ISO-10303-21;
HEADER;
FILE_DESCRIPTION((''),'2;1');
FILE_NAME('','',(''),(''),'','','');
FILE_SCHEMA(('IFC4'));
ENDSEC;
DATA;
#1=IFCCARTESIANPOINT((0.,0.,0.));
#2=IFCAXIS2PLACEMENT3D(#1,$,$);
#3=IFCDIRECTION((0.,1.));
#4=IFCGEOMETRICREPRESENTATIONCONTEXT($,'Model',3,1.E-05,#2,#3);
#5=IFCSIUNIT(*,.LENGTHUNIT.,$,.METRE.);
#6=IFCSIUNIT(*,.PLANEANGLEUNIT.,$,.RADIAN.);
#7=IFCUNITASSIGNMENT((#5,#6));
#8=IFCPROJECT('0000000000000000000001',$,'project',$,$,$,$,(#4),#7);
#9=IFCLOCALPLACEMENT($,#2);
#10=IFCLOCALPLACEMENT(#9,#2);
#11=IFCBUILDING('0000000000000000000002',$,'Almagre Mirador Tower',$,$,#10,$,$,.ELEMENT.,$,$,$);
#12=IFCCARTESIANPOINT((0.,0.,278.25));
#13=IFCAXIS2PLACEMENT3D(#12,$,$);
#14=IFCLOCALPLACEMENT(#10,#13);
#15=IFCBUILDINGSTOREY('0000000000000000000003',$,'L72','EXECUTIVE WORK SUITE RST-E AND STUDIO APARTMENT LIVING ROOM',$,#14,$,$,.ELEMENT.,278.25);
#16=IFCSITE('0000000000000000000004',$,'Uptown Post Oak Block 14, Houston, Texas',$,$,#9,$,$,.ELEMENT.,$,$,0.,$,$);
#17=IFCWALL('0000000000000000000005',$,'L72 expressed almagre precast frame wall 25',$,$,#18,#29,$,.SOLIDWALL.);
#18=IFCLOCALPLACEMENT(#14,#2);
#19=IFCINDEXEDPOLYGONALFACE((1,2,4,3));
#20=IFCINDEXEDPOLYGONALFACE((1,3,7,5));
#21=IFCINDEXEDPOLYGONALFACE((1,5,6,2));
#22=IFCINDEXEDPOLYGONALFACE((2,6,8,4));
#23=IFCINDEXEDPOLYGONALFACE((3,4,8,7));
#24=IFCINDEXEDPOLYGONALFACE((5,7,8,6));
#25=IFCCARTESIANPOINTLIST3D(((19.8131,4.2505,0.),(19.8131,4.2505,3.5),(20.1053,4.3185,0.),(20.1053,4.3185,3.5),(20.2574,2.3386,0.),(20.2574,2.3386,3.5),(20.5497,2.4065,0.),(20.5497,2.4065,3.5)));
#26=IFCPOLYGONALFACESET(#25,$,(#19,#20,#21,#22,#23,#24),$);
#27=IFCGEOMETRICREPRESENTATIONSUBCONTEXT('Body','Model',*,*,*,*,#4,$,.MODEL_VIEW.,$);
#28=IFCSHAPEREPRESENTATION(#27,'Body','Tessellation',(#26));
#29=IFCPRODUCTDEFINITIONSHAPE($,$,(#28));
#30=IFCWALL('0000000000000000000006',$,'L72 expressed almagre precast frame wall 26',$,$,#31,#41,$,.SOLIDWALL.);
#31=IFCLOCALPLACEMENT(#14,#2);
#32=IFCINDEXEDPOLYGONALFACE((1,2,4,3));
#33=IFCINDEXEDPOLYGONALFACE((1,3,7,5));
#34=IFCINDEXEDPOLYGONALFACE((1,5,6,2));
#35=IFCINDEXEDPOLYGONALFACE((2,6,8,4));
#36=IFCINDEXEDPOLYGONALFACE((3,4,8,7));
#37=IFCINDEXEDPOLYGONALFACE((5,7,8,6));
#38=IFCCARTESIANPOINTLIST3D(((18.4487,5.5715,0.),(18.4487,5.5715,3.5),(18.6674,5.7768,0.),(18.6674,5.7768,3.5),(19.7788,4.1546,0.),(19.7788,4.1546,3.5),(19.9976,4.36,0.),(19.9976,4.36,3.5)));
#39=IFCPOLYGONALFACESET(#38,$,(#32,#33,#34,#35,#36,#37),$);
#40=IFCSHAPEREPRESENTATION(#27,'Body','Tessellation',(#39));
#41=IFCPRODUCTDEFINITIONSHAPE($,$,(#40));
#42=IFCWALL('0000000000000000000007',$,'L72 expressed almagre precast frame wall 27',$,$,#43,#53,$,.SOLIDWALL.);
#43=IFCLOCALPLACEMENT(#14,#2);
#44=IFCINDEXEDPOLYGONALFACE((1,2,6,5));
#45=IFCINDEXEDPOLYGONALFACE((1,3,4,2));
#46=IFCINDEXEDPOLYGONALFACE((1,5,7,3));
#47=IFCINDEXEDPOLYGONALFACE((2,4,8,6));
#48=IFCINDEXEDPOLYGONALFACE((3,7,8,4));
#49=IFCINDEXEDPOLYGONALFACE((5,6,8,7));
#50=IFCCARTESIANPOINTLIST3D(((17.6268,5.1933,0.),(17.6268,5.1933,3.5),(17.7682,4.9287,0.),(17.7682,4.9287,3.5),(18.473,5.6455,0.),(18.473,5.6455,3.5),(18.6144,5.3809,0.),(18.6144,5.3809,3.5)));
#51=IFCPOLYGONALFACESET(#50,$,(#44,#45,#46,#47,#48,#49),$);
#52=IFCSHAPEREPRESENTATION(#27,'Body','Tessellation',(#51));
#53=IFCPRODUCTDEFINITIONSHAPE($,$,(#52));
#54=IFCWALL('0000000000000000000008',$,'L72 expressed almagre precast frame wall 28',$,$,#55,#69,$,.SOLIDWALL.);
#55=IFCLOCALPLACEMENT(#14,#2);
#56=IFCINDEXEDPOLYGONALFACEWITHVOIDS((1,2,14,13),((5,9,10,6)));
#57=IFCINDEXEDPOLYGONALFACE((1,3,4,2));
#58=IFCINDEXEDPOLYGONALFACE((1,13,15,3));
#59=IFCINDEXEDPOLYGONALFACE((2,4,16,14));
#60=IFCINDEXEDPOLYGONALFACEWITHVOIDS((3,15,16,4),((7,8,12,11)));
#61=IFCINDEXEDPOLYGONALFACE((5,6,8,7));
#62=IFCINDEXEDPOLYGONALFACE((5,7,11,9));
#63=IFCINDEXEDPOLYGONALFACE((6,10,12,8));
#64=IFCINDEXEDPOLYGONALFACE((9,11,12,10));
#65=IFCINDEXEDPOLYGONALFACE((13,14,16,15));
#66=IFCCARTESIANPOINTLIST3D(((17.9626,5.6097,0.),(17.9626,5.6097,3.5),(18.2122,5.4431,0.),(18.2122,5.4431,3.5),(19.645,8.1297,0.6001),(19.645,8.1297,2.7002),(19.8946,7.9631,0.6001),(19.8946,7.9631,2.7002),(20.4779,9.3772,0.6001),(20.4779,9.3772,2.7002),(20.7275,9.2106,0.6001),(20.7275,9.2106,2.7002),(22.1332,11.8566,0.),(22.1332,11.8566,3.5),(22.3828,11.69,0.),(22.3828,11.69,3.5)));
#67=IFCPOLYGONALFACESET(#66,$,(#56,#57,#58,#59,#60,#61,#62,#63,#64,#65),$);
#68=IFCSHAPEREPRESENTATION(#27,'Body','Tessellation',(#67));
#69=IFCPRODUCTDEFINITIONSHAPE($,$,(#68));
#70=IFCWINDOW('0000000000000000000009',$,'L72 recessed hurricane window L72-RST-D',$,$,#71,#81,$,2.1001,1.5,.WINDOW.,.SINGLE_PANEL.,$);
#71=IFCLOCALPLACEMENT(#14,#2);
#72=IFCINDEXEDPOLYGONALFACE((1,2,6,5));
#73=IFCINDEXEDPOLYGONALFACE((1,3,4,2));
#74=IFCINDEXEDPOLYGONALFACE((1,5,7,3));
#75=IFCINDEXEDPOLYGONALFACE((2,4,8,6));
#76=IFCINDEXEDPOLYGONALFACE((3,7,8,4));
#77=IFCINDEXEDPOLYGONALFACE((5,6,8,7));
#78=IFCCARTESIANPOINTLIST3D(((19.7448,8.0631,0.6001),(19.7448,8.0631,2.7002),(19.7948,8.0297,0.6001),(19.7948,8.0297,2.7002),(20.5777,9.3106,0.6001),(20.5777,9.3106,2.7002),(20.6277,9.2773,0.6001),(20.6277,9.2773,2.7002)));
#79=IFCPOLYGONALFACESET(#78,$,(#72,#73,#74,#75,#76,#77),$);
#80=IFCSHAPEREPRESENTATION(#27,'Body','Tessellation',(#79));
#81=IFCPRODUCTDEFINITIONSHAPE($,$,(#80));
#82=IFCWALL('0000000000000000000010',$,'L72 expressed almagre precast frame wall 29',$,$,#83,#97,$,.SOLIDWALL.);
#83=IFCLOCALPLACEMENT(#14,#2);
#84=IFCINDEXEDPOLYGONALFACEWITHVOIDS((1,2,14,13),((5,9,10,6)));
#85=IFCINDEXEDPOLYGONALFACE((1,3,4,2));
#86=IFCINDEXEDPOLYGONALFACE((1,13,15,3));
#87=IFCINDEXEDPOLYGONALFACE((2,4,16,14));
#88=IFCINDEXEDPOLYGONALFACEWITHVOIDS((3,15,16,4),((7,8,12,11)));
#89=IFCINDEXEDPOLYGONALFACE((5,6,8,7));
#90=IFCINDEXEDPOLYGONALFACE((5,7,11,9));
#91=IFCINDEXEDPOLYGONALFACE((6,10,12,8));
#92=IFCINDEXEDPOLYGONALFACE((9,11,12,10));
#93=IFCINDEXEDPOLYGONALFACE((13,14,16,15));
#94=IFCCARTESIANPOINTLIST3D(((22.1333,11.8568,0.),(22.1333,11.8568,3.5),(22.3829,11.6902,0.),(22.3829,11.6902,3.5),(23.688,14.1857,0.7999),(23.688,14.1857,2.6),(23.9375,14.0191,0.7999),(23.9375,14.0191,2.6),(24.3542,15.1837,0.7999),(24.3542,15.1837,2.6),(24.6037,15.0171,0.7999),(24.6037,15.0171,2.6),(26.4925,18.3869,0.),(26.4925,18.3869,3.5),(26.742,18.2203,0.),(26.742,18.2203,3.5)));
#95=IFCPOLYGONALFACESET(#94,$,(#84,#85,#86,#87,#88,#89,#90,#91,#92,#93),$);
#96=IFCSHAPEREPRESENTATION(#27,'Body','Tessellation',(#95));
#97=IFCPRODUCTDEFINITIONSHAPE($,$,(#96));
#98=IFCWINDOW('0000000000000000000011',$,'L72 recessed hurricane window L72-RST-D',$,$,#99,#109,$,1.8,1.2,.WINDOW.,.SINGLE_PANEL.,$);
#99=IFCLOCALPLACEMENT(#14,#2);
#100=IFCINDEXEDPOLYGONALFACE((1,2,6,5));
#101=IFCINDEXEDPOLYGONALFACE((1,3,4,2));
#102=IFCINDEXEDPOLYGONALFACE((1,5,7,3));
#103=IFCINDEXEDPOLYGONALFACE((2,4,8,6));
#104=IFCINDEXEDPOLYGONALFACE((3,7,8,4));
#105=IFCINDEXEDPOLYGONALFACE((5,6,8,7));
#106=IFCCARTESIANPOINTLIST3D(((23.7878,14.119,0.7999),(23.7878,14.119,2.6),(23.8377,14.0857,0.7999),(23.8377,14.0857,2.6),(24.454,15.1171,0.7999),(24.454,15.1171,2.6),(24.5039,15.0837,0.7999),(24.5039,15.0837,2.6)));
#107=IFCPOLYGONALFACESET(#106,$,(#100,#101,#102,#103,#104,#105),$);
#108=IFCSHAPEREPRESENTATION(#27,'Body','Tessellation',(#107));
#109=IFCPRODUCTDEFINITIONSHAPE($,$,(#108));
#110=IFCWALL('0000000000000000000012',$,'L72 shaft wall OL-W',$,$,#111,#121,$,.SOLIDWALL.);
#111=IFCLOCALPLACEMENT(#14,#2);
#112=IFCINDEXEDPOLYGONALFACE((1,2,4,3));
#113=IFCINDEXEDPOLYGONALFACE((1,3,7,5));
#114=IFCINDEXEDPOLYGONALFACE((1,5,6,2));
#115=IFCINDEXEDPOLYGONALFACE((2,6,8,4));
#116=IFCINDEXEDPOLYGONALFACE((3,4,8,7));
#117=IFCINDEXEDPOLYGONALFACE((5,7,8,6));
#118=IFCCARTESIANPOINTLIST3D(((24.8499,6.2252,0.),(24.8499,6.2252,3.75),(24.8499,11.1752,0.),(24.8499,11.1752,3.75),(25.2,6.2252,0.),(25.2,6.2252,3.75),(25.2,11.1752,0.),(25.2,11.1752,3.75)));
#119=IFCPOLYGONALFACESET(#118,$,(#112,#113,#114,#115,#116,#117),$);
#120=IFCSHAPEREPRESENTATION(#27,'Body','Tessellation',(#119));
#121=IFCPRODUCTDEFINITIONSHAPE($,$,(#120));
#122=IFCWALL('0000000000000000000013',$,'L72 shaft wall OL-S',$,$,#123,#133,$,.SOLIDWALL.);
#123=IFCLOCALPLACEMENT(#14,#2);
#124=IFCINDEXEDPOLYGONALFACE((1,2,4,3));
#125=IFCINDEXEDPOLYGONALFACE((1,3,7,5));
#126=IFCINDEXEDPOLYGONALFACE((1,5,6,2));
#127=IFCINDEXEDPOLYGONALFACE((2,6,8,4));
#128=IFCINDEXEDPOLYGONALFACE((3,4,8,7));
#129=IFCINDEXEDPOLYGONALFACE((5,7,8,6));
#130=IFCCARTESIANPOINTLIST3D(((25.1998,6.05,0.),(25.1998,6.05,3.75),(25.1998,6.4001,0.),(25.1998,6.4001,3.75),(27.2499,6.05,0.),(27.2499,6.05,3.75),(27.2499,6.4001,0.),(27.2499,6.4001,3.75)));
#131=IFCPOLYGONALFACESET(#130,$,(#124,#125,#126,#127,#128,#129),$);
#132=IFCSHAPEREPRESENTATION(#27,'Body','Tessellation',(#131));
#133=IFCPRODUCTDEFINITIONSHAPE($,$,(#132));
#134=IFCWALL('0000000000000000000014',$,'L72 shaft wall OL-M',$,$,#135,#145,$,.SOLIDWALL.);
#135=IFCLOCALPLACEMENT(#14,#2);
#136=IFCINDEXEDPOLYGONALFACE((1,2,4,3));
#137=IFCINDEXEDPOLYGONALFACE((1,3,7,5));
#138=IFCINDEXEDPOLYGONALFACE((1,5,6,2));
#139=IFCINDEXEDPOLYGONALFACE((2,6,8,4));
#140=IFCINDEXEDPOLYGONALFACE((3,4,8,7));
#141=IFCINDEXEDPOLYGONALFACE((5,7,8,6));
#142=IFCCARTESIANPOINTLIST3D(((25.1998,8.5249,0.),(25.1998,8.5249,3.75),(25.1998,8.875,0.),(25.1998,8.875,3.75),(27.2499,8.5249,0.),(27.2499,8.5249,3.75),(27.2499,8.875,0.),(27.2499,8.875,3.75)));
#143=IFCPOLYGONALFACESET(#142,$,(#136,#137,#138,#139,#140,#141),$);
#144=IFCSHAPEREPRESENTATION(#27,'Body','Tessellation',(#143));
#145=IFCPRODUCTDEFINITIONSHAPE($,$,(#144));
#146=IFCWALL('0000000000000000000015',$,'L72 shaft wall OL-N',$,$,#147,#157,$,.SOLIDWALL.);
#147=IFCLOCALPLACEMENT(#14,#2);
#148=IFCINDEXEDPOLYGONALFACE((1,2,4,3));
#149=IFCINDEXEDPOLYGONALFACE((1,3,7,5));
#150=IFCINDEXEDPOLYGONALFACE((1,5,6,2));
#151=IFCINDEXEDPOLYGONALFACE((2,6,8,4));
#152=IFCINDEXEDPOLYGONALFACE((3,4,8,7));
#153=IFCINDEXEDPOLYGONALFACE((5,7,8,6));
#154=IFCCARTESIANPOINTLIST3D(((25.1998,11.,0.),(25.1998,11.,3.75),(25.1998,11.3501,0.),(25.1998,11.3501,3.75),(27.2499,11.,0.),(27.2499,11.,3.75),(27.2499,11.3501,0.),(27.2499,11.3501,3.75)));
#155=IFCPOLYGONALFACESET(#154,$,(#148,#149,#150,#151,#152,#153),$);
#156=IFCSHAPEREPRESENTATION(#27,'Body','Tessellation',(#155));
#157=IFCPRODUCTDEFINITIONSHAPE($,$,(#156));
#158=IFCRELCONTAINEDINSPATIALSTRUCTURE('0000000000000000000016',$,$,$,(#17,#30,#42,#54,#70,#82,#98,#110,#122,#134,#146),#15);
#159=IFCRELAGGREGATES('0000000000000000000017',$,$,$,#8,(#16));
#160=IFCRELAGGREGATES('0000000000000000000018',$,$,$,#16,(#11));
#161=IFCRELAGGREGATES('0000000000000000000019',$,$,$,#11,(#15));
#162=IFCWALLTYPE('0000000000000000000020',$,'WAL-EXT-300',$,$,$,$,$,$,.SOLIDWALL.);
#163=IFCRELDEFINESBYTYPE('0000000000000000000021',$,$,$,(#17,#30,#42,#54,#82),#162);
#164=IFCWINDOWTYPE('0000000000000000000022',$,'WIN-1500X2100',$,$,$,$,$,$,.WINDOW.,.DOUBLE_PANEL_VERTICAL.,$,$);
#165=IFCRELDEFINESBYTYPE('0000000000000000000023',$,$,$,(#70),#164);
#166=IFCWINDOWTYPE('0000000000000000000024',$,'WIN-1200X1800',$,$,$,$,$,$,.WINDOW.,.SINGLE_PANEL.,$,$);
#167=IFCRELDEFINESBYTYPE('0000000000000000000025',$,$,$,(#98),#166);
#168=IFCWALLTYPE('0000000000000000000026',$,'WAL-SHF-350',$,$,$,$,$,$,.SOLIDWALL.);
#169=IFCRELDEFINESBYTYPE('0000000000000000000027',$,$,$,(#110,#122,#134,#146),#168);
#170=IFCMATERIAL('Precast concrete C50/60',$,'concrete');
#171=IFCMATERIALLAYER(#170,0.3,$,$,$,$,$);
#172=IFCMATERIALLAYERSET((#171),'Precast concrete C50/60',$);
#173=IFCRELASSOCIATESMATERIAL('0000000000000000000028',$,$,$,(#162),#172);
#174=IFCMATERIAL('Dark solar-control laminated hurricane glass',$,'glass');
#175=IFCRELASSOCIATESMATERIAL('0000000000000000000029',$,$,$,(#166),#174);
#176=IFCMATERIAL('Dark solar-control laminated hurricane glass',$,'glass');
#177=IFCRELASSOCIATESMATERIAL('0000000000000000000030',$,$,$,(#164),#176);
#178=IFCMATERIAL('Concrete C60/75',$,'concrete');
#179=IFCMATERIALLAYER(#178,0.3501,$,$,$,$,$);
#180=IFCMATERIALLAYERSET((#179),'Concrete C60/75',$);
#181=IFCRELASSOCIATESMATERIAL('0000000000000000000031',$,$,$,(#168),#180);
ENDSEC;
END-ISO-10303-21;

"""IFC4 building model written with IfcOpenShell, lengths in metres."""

from ifc_helpers import new_model, si_unit, direction, frame, frame_2d, origin, place, context, subcontext, project, spatial, rectangle, extrude, material, layer, layer_set, type_object, element, fill, save


model = new_model("IFC4")

# Units and contexts
model_context = context("Model", 3, precision=1e-05, world=origin(), true_north=direction((0.0, 1.0)))
body_context = subcontext(model_context, "Body", "Model", "MODEL_VIEW")
ifc_project = project(units=[si_unit("LENGTHUNIT", "METRE"), si_unit("PLANEANGLEUNIT", "RADIAN")], contexts=[model_context])

# Site, building, storey
site_placement = place(None, origin())
site = spatial("IfcSite", under=ifc_project, at=site_placement, Name="Uptown Post Oak Block 14, Houston, Texas", CompositionType="ELEMENT", RefElevation=0.0)
building_placement = place(site_placement, origin())
building = spatial("IfcBuilding", under=site, at=building_placement, Name="Almagre Mirador Tower", CompositionType="ELEMENT")
storey_placement = place(building_placement, frame((0.0, 0.0, 278.25)))
storey = spatial("IfcBuildingStorey", under=building, at=storey_placement, Name="L72", Description="EXECUTIVE WORK SUITE RST-E AND STUDIO APARTMENT LIVING ROOM", CompositionType="ELEMENT", Elevation=278.25)

# Shared definitions
ifc_material_1 = material(Name="Precast concrete C50/60", Category="concrete")
ifc_layer_1 = layer(ifc_material_1, 0.3)
ifc_layer_set_1 = layer_set([ifc_layer_1], Name="Precast concrete C50/60")
wall_type_1 = type_object("IfcWallType", Name="WAL-EXT-300", PredefinedType="SOLIDWALL", material=ifc_layer_set_1)

# Shared definitions
ifc_material_2 = material(Name="Dark solar-control laminated hurricane glass", Category="glass")
window_type_1 = type_object("IfcWindowType", Name="WIN-1200X1800", PartitioningType="SINGLE_PANEL", PredefinedType="WINDOW", material=ifc_material_2)

# Walls
wall_1_placement = place(storey_placement, frame((20.4036, 2.3726, 0.0), z_axis=(0.0, 0.0, 1.0), x_axis=(-0.226376, 0.97404, 0.0)))
element("IfcWall", 1, at=wall_1_placement, inside=storey, type_object=wall_type_1, Name="L72 expressed almagre precast frame wall 25", PredefinedType="SOLIDWALL", context=body_context, shape_type="SweptSolid", body=[
    extrude(rectangle(XDim=1.9629, YDim=0.3, at=frame_2d((0.9814, 0.0))), origin(), (0.0, 0.0, 1.0), 3.5),
])
wall_2_placement = place(storey_placement, frame((19.8882, 4.2573, 0.0), z_axis=(0.0, 0.0, 1.0), x_axis=(-0.684455, 0.729055, 0.0)))
element("IfcWall", 2, at=wall_2_placement, inside=storey, type_object=wall_type_1, Name="L72 expressed almagre precast frame wall 26", PredefinedType="SOLIDWALL", context=body_context, shape_type="SweptSolid", body=[
    extrude(rectangle(XDim=1.9434, YDim=0.3, at=frame_2d((0.9717, 0.0))), origin(), (0.0, 0.0, 1.0), 3.5),
])
wall_3_placement = place(storey_placement, frame((18.5437, 5.5132, 0.0), z_axis=(0.0, 0.0, 1.0), x_axis=(-0.881986, -0.471275, 0.0)))
element("IfcWall", 3, at=wall_3_placement, inside=storey, type_object=wall_type_1, Name="L72 expressed almagre precast frame wall 27", PredefinedType="SOLIDWALL", context=body_context, shape_type="SweptSolid", body=[
    extrude(rectangle(XDim=0.9595, YDim=0.3, at=frame_2d((0.4797, 0.0))), origin(), (0.0, 0.0, 1.0), 3.5),
])

# Walls, openings, windows
wall_4_placement = place(storey_placement, frame((18.0874, 5.5264, 0.0), z_axis=(0.0, 0.0, 1.0), x_axis=(0.555248, 0.831685, 0.0)))
wall_4 = element("IfcWall", 4, at=wall_4_placement, inside=storey, type_object=wall_type_1, Name="L72 expressed almagre precast frame wall 28", PredefinedType="SOLIDWALL", context=body_context, shape_type="SweptSolid", body=[
    extrude(rectangle(XDim=7.5112, YDim=0.3, at=frame_2d((3.7556, 0.0))), origin(), (0.0, 0.0, 1.0), 3.5),
])
opening_1_placement = place(wall_4_placement, frame((3.03, 0.0, 0.6001)))
opening_1 = element("IfcOpeningElement", 5, at=opening_1_placement, cuts=wall_4, PredefinedType="OPENING", context=body_context, shape_type="SweptSolid", body=[
    extrude(rectangle(XDim=1.5, YDim=2.1001, at=frame_2d((0.75, 1.05))), frame((0.0, 0.1599, 0.0), z_axis=(0.0, -1.0, 0.0), x_axis=(1.0, 0.0, 0.0)), (0.0, 0.0, 1.0), 0.32),
])
ifc_material_3 = material(Name="Dark solar-control laminated hurricane glass", Category="glass")
window_type_2 = type_object("IfcWindowType", Name="WIN-1500X2100", PartitioningType="DOUBLE_PANEL_VERTICAL", PredefinedType="WINDOW", material=ifc_material_3)
window_1_placement = place(opening_1_placement, origin())
window_1 = element("IfcWindow", 6, at=window_1_placement, inside=storey, type_object=window_type_2, Name="L72 recessed hurricane window L72-RST-D", OverallHeight=2.1001, OverallWidth=1.5, PartitioningType="SINGLE_PANEL", PredefinedType="WINDOW", context=body_context, shape_type="SweptSolid", body=[
    extrude(rectangle(XDim=1.5, YDim=2.1001, at=frame_2d((0.75, 1.05))), frame((0.0, 0.03, 0.0), z_axis=(0.0, -1.0, 0.0), x_axis=(1.0, 0.0, 0.0)), (0.0, 0.0, 1.0), 0.0601),
])
fill(opening_1, window_1)
wall_5_placement = place(storey_placement, frame((22.2581, 11.7734, 0.0), z_axis=(0.0, 0.0, 1.0), x_axis=(0.55521, 0.83171, 0.0)))
wall_5 = element("IfcWall", 7, at=wall_5_placement, inside=storey, type_object=wall_type_1, Name="L72 expressed almagre precast frame wall 29", PredefinedType="SOLIDWALL", context=body_context, shape_type="SweptSolid", body=[
    extrude(rectangle(XDim=7.8513, YDim=0.3, at=frame_2d((3.9258, 0.0))), origin(), (0.0, 0.0, 1.0), 3.5),
])
opening_2_placement = place(wall_5_placement, frame((2.8, 0.0, 0.8)))
opening_2 = element("IfcOpeningElement", 8, at=opening_2_placement, cuts=wall_5, PredefinedType="OPENING", context=body_context, shape_type="SweptSolid", body=[
    extrude(rectangle(XDim=1.2, YDim=1.8, at=frame_2d((0.6001, 0.8999))), frame((0.0, 0.1599, 0.0), z_axis=(0.0, -1.0, 0.0), x_axis=(1.0, 0.0, 0.0)), (0.0, 0.0, 1.0), 0.32),
])
window_2_placement = place(opening_2_placement, origin())
window_2 = element("IfcWindow", 9, at=window_2_placement, inside=storey, type_object=window_type_1, Name="L72 recessed hurricane window L72-RST-D", OverallHeight=1.8, OverallWidth=1.2, PartitioningType="SINGLE_PANEL", PredefinedType="WINDOW", context=body_context, shape_type="SweptSolid", body=[
    extrude(rectangle(XDim=1.2, YDim=1.8, at=frame_2d((0.6001, 0.8999))), frame((0.0, 0.03, 0.0), z_axis=(0.0, -1.0, 0.0), x_axis=(1.0, 0.0, 0.0)), (0.0, 0.0, 1.0), 0.0601),
])
fill(opening_2, window_2)

# Walls
ifc_material_4 = material(Name="Concrete C60/75", Category="concrete")
ifc_layer_2 = layer(ifc_material_4, 0.3501)
ifc_layer_set_2 = layer_set([ifc_layer_2], Name="Concrete C60/75")
wall_type_2 = type_object("IfcWallType", Name="WAL-SHF-350", PredefinedType="SOLIDWALL", material=ifc_layer_set_2)
wall_6_placement = place(storey_placement, frame((25.0249, 6.2251, 0.0), z_axis=(0.0, 0.0, 1.0), x_axis=(0.0, 1.0, 0.0)))
element("IfcWall", 10, at=wall_6_placement, inside=storey, type_object=wall_type_2, Name="L72 shaft wall OL-W", PredefinedType="SOLIDWALL", context=body_context, shape_type="SweptSolid", body=[
    extrude(rectangle(XDim=4.95, YDim=0.3501, at=frame_2d((2.4751, 0.0))), origin(), (0.0, 0.0, 1.0), 3.75),
])
for number, where, z_axis, x_axis, name in (
    (11, (25.2, 6.2251, 0.0), (0.0, 0.0, 1.0), (1.0, 0.0, 0.0), "L72 shaft wall OL-S"),
    (12, (25.2, 8.7, 0.0), (0.0, 0.0, 1.0), (1.0, 0.0, 0.0), "L72 shaft wall OL-M"),
    (13, (25.2, 11.175, 0.0), (0.0, 0.0, 1.0), (1.0, 0.0, 0.0), "L72 shaft wall OL-N"),
):
    element("IfcWall", number, at=place(storey_placement, frame(where, z_axis=z_axis, x_axis=x_axis)), inside=storey, type_object=wall_type_2, Name=name, PredefinedType="SOLIDWALL", context=body_context, shape_type="SweptSolid", body=[
        extrude(rectangle(XDim=2.05, YDim=0.3501, at=frame_2d((1.0249, 0.0))), origin(), (0.0, 0.0, 1.0), 3.75),
    ])

save(model, "model.ifc")
